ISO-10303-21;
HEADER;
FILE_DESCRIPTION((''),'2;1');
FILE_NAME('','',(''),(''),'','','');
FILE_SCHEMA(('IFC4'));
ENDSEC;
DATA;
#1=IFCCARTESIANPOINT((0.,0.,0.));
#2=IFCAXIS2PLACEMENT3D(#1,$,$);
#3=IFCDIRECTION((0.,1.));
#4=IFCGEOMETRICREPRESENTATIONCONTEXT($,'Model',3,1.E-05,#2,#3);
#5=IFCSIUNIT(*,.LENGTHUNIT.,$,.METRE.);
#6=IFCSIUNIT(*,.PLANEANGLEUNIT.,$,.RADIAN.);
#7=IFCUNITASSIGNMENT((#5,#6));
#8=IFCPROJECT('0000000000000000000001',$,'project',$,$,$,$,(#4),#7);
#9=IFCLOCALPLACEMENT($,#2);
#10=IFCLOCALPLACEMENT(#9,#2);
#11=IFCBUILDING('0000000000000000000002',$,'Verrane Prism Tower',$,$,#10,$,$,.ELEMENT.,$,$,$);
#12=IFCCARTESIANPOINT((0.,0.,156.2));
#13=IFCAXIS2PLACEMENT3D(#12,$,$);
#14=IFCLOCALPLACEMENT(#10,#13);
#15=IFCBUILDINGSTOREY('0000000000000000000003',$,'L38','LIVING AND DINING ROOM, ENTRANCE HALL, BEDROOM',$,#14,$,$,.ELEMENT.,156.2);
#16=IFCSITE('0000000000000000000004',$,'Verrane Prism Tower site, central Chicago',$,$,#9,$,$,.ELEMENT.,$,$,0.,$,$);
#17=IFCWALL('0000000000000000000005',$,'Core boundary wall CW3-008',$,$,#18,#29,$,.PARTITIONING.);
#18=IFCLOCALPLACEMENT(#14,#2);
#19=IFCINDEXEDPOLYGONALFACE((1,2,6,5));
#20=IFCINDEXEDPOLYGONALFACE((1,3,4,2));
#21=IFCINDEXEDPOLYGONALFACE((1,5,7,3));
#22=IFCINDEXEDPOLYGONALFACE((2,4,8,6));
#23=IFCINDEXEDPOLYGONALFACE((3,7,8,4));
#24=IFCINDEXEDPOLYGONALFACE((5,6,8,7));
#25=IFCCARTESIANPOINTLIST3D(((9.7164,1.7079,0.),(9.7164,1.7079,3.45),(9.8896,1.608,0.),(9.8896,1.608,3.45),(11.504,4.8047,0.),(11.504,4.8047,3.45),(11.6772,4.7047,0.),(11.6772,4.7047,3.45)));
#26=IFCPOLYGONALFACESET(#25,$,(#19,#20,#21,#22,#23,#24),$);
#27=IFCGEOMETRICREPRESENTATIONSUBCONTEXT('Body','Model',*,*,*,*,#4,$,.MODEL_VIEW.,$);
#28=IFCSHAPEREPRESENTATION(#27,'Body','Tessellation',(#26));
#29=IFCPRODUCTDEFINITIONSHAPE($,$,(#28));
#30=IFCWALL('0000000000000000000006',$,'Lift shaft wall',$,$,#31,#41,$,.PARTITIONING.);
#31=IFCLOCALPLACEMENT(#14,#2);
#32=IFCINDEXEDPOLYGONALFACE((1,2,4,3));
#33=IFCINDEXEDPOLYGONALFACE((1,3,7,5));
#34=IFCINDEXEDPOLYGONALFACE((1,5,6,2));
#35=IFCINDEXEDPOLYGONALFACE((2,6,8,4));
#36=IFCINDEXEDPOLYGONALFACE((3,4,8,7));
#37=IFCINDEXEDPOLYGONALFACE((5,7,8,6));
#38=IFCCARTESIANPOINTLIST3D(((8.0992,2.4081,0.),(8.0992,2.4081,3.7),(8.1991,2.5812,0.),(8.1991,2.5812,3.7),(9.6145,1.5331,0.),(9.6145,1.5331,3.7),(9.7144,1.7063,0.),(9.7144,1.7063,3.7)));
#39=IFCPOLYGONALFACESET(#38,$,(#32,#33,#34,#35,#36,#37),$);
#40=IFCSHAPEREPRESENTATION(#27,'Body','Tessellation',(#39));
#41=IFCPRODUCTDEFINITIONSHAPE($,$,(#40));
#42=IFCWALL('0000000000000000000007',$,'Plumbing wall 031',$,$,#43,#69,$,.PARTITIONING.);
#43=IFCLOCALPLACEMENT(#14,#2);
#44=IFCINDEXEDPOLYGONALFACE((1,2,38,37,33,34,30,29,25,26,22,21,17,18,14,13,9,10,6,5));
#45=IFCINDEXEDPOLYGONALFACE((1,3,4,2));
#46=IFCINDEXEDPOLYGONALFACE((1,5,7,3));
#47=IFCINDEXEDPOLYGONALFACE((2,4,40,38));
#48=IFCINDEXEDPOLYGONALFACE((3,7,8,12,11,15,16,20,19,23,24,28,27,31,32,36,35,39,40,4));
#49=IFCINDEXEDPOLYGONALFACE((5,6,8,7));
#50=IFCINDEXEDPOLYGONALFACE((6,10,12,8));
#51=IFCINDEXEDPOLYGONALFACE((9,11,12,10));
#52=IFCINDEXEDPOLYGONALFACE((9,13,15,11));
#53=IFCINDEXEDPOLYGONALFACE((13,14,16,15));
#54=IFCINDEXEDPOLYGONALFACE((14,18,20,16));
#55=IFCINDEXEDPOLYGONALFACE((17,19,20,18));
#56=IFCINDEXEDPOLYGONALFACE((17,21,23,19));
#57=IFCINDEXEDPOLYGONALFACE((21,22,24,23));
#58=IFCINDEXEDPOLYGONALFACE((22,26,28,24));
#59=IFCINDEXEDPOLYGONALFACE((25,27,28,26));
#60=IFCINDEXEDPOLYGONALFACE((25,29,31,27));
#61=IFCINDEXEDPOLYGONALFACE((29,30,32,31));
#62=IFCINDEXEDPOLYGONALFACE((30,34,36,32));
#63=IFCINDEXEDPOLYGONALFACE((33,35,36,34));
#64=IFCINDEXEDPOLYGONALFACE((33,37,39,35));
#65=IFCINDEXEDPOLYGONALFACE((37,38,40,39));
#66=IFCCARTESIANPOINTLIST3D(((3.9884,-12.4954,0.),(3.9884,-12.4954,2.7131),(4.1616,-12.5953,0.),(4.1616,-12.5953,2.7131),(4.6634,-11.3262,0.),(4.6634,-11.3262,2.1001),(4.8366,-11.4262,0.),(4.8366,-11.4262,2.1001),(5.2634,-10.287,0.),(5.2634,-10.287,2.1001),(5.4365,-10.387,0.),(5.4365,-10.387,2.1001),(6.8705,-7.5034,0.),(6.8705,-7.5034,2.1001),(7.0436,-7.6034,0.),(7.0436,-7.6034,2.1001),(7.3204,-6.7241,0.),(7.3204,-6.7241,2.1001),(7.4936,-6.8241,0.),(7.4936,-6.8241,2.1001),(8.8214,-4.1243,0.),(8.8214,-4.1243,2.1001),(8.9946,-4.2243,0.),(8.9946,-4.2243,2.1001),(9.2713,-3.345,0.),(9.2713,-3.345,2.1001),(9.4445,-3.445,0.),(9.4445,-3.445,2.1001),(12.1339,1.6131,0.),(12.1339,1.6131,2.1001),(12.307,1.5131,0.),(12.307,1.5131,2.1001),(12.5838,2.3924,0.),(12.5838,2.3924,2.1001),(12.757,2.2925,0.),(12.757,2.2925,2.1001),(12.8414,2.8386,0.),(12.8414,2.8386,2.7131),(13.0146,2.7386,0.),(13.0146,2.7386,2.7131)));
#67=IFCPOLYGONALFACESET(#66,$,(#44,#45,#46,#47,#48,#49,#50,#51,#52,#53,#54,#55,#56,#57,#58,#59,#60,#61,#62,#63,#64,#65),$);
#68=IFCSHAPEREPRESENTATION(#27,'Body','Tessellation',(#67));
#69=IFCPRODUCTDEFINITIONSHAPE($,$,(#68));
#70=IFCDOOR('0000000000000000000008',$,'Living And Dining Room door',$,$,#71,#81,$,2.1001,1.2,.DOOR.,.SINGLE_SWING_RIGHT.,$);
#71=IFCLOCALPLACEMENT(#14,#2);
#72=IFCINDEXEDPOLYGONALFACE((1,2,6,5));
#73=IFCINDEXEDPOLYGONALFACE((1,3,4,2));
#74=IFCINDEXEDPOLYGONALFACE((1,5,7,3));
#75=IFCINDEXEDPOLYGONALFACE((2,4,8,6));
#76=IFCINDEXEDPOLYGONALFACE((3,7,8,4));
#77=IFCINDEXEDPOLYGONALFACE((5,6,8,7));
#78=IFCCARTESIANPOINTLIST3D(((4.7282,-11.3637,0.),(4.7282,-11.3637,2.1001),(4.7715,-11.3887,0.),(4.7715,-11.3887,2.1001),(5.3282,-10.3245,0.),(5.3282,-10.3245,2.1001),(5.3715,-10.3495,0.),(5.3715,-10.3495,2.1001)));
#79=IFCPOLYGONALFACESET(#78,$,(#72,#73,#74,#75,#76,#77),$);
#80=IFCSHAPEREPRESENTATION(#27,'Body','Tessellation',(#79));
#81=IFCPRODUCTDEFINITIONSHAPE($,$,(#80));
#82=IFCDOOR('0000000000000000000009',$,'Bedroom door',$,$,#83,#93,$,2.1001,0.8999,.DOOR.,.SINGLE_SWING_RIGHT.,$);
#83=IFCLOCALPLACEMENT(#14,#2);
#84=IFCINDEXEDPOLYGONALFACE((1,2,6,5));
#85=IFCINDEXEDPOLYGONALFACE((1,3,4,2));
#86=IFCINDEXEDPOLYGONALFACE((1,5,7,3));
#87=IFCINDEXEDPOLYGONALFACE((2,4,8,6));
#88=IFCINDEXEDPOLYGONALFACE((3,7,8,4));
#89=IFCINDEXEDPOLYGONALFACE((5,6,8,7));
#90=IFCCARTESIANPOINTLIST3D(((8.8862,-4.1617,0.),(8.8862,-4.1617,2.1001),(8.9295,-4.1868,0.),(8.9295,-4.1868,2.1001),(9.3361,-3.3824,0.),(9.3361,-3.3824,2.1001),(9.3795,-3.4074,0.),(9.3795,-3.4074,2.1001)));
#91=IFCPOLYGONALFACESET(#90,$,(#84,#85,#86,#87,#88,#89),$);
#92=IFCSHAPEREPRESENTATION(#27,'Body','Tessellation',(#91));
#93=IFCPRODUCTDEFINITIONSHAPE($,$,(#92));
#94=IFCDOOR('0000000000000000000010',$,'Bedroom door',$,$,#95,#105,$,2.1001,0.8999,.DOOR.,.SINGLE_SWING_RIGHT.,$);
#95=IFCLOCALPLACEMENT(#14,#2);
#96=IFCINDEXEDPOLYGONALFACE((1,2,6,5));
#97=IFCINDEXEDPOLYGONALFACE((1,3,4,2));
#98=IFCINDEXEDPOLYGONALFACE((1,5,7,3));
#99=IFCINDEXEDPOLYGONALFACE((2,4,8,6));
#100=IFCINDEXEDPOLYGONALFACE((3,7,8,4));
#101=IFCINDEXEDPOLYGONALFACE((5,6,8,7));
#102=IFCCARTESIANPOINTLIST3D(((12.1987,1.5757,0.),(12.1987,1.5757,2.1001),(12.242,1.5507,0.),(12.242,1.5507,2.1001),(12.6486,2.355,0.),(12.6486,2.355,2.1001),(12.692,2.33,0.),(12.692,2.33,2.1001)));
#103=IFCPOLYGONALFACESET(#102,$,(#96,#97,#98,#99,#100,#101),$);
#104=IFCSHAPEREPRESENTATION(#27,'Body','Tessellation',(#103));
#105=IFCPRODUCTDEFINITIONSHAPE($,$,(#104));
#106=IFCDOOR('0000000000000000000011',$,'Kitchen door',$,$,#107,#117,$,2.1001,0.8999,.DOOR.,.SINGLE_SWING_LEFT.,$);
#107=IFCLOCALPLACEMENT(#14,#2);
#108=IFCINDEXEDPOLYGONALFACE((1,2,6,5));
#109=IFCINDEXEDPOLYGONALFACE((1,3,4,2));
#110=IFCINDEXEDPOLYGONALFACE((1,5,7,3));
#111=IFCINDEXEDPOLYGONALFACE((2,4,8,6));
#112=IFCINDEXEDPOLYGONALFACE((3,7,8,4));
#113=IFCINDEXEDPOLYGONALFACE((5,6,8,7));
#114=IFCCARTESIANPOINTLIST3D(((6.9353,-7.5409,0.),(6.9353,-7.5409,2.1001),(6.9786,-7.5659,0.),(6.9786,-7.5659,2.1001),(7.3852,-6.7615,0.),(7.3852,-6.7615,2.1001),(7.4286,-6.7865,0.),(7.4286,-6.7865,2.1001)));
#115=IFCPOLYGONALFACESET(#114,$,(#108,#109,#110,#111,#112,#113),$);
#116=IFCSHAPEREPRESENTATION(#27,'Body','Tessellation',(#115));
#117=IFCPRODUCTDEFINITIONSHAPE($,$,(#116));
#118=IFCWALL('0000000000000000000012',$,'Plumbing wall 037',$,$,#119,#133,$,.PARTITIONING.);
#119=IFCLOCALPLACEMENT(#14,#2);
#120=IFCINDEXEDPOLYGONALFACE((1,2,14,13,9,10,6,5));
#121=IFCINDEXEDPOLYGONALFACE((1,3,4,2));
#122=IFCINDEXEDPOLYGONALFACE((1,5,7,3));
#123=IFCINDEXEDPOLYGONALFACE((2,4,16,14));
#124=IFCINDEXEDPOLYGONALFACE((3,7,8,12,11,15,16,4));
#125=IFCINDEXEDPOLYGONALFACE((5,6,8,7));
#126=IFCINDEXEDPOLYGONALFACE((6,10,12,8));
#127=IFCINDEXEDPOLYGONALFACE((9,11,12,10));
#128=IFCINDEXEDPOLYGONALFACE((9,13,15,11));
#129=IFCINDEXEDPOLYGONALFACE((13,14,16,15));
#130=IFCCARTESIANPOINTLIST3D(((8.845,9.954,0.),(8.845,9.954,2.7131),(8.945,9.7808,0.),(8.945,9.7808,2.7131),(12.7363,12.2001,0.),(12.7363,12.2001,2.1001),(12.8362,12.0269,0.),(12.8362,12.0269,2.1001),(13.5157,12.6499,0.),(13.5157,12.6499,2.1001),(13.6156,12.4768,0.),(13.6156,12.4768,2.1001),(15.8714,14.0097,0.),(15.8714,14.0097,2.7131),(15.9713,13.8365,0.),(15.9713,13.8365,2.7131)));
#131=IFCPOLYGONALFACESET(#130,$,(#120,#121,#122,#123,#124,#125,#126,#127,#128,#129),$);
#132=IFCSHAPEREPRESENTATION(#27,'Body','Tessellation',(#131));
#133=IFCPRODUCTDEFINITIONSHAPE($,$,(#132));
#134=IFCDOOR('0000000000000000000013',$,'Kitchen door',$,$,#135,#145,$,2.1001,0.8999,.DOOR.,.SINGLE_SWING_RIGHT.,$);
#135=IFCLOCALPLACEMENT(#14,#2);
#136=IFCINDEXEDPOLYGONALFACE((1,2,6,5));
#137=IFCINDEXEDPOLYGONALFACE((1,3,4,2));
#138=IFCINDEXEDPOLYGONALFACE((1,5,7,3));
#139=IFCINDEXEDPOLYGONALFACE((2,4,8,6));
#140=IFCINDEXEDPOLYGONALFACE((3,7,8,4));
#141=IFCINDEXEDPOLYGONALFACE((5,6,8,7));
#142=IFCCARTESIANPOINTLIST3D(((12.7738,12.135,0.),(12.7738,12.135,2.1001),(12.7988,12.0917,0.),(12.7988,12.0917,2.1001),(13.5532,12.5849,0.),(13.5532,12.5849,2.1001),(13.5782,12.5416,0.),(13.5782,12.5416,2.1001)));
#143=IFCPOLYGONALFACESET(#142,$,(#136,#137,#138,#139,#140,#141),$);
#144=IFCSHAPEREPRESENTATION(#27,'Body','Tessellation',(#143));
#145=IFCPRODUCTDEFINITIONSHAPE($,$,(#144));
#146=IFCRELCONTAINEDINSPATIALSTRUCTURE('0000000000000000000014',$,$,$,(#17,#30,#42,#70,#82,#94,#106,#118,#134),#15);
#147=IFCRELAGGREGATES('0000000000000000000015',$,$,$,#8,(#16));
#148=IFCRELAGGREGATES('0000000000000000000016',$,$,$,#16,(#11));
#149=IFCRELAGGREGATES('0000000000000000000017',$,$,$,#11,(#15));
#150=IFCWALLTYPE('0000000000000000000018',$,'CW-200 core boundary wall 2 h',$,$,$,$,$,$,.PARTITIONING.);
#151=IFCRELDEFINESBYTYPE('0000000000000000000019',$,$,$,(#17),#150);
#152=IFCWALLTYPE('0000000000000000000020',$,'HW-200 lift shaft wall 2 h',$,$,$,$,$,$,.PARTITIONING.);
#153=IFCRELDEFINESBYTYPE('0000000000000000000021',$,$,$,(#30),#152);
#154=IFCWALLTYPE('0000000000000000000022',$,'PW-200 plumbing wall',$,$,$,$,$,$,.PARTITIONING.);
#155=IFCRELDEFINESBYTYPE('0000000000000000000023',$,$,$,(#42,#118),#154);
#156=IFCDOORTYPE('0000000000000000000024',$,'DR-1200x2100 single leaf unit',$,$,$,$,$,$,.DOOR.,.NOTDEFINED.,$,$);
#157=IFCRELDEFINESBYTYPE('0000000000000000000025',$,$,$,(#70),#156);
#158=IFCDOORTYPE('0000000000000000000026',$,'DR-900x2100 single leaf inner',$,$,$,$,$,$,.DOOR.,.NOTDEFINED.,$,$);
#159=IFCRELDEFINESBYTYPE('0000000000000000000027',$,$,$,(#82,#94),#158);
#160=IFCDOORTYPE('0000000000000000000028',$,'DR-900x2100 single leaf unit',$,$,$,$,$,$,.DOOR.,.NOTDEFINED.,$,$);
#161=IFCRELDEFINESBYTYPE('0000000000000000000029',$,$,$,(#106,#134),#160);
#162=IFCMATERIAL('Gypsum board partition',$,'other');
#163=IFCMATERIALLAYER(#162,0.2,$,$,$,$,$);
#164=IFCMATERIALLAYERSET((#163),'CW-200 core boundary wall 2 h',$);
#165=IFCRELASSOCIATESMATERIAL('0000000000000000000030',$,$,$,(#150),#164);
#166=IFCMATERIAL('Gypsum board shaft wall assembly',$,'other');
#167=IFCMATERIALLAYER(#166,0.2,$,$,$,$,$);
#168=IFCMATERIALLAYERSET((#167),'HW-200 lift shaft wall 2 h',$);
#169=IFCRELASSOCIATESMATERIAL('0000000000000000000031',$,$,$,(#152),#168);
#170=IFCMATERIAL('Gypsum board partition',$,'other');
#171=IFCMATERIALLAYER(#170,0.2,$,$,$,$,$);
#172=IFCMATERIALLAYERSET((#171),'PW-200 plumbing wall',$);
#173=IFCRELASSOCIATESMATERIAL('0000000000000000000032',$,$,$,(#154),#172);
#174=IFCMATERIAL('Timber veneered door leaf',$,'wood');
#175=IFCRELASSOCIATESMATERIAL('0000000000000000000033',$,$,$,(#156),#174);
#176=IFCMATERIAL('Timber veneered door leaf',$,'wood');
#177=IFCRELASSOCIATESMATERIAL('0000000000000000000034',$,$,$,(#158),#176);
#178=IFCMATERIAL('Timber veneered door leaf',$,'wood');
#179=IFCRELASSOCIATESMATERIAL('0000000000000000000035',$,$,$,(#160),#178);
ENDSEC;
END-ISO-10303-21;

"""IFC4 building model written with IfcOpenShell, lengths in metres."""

from ifc_helpers import new_model, si_unit, direction, frame, frame_2d, origin, place, context, subcontext, project, spatial, rectangle, extrude, material, layer, layer_set, type_object, element, fill, save


model = new_model("IFC4")

# Units and contexts
model_context = context("Model", 3, precision=1e-05, world=origin(), true_north=direction((0.0, 1.0)))
body_context = subcontext(model_context, "Body", "Model", "MODEL_VIEW")
ifc_project = project(units=[si_unit("LENGTHUNIT", "METRE"), si_unit("PLANEANGLEUNIT", "RADIAN")], contexts=[model_context])

# Site, building, storey
site_placement = place(None, origin())
site = spatial("IfcSite", under=ifc_project, at=site_placement, Name="Verrane Prism Tower site, central Chicago", CompositionType="ELEMENT", RefElevation=0.0)
building_placement = place(site_placement, origin())
building = spatial("IfcBuilding", under=site, at=building_placement, Name="Verrane Prism Tower", CompositionType="ELEMENT")
storey_placement = place(building_placement, frame((0.0, 0.0, 156.2)))
storey = spatial("IfcBuildingStorey", under=building, at=storey_placement, Name="L38", Description="LIVING AND DINING ROOM, ENTRANCE HALL, BEDROOM", CompositionType="ELEMENT", Elevation=156.2)

# Walls
ifc_material_1 = material(Name="Gypsum board partition", Category="other")
ifc_layer_1 = layer(ifc_material_1, 0.2)
ifc_layer_set_1 = layer_set([ifc_layer_1], Name="CW-200 core boundary wall 2 h")
wall_type_1 = type_object("IfcWallType", Name="CW-200 core boundary wall 2 h", PredefinedType="PARTITIONING", material=ifc_layer_set_1)
wall_1_placement = place(storey_placement, frame((9.803, 1.658, 0.0), z_axis=(0.0, 0.0, 1.0), x_axis=(0.499943, 0.866058, 0.0)))
element("IfcWall", 1, at=wall_1_placement, inside=storey, type_object=wall_type_1, Name="Core boundary wall CW3-008", PredefinedType="PARTITIONING", context=body_context, shape_type="SweptSolid", body=[
    extrude(rectangle(XDim=3.5757, YDim=0.2, at=frame_2d((1.7878, 0.0))), origin(), (0.0, 0.0, 1.0), 3.45),
])
ifc_material_2 = material(Name="Gypsum board shaft wall assembly", Category="other")
ifc_layer_2 = layer(ifc_material_2, 0.2)
ifc_layer_set_2 = layer_set([ifc_layer_2], Name="HW-200 lift shaft wall 2 h")
wall_type_2 = type_object("IfcWallType", Name="HW-200 lift shaft wall 2 h", PredefinedType="PARTITIONING", material=ifc_layer_set_2)
wall_2_placement = place(storey_placement, frame((9.6646, 1.6196, 0.0), z_axis=(0.0, 0.0, 1.0), x_axis=(-0.866002, 0.50004, 0.0)))
element("IfcWall", 2, at=wall_2_placement, inside=storey, type_object=wall_type_2, Name="Lift shaft wall", PredefinedType="PARTITIONING", context=body_context, shape_type="SweptSolid", body=[
    extrude(rectangle(XDim=1.7498, YDim=0.2, at=frame_2d((0.875, 0.0))), origin(), (0.0, 0.0, 1.0), 3.7),
])

# Wall, openings, doors
ifc_material_3 = material(Name="Gypsum board partition", Category="other")
ifc_layer_3 = layer(ifc_material_3, 0.2)
ifc_layer_set_3 = layer_set([ifc_layer_3], Name="PW-200 plumbing wall")
wall_type_3 = type_object("IfcWallType", Name="PW-200 plumbing wall", PredefinedType="PARTITIONING", material=ifc_layer_set_3)
wall_3_placement = place(storey_placement, frame((12.928, 2.7886, 0.0), z_axis=(0.0, 0.0, 1.0), x_axis=(-0.499998, -0.866027, 0.0)))
wall_3 = element("IfcWall", 3, at=wall_3_placement, inside=storey, type_object=wall_type_3, Name="Plumbing wall 031", PredefinedType="PARTITIONING", context=body_context, shape_type="SweptSolid", body=[
    extrude(rectangle(XDim=17.7061, YDim=0.2, at=frame_2d((8.853, 0.0))), origin(), (0.0, 0.0, 1.0), 2.7131),
])
opening_1_placement = place(wall_3_placement, frame((15.156, 0.0, 0.0)))
opening_1 = element("IfcOpeningElement", 4, at=opening_1_placement, cuts=wall_3, PredefinedType="OPENING", context=body_context, shape_type="SweptSolid", body=[
    extrude(rectangle(XDim=1.2, YDim=2.1001, at=frame_2d((0.6001, 1.05))), frame((0.0, 0.1099, 0.0), z_axis=(0.0, -1.0, 0.0), x_axis=(1.0, 0.0, 0.0)), (0.0, 0.0, 1.0), 0.22),
])
opening_2_placement = place(wall_3_placement, frame((11.042, 0.0, 0.0)))
opening_2 = element("IfcOpeningElement", 5, at=opening_2_placement, cuts=wall_3, PredefinedType="OPENING", context=body_context, shape_type="SweptSolid", body=[
    extrude(rectangle(XDim=0.8999, YDim=2.1001, at=frame_2d((0.45, 1.05))), frame((0.0, 0.1099, 0.0), z_axis=(0.0, -1.0, 0.0), x_axis=(1.0, 0.0, 0.0)), (0.0, 0.0, 1.0), 0.22),
])
opening_3_placement = place(wall_3_placement, frame((7.1401, 0.0, 0.0)))
opening_3 = element("IfcOpeningElement", 6, at=opening_3_placement, cuts=wall_3, PredefinedType="OPENING", context=body_context, shape_type="SweptSolid", body=[
    extrude(rectangle(XDim=0.8999, YDim=2.1001, at=frame_2d((0.45, 1.05))), frame((0.0, 0.1099, 0.0), z_axis=(0.0, -1.0, 0.0), x_axis=(1.0, 0.0, 0.0)), (0.0, 0.0, 1.0), 0.22),
])
opening_4_placement = place(wall_3_placement, frame((0.5151, 0.0, 0.0)))
opening_4 = element("IfcOpeningElement", 7, at=opening_4_placement, cuts=wall_3, PredefinedType="OPENING", context=body_context, shape_type="SweptSolid", body=[
    extrude(rectangle(XDim=0.8999, YDim=2.1001, at=frame_2d((0.45, 1.05))), frame((0.0, 0.1099, 0.0), z_axis=(0.0, -1.0, 0.0), x_axis=(1.0, 0.0, 0.0)), (0.0, 0.0, 1.0), 0.22),
])
ifc_material_4 = material(Name="Timber veneered door leaf", Category="wood")
door_type_1 = type_object("IfcDoorType", Name="DR-1200x2100 single leaf unit", OperationType="NOTDEFINED", PredefinedType="DOOR", material=ifc_material_4)
door_1_placement = place(opening_1_placement, origin())
door_1 = element("IfcDoor", 8, at=door_1_placement, inside=storey, type_object=door_type_1, Name="Living And Dining Room door", OperationType="SINGLE_SWING_RIGHT", OverallHeight=2.1001, OverallWidth=1.2, PredefinedType="DOOR", context=body_context, shape_type="SweptSolid", body=[
    extrude(rectangle(XDim=1.2, YDim=2.1001, at=frame_2d((0.6001, 1.05))), frame((0.0, 0.0249, 0.0), z_axis=(0.0, -1.0, 0.0), x_axis=(1.0, 0.0, 0.0)), (0.0, 0.0, 1.0), 0.05),
])
fill(opening_1, door_1)
ifc_material_5 = material(Name="Timber veneered door leaf", Category="wood")
door_type_2 = type_object("IfcDoorType", Name="DR-900x2100 single leaf inner", OperationType="NOTDEFINED", PredefinedType="DOOR", material=ifc_material_5)
door_2_placement = place(opening_3_placement, origin())
door_2 = element("IfcDoor", 9, at=door_2_placement, inside=storey, type_object=door_type_2, Name="Bedroom door", OperationType="SINGLE_SWING_RIGHT", OverallHeight=2.1001, OverallWidth=0.8999, PredefinedType="DOOR", context=body_context, shape_type="SweptSolid", body=[
    extrude(rectangle(XDim=0.8999, YDim=2.1001, at=frame_2d((0.45, 1.05))), frame((0.0, 0.0249, 0.0), z_axis=(0.0, -1.0, 0.0), x_axis=(1.0, 0.0, 0.0)), (0.0, 0.0, 1.0), 0.05),
])
fill(opening_3, door_2)
door_3_placement = place(opening_4_placement, origin())
door_3 = element("IfcDoor", 10, at=door_3_placement, inside=storey, type_object=door_type_2, Name="Bedroom door", OperationType="SINGLE_SWING_RIGHT", OverallHeight=2.1001, OverallWidth=0.8999, PredefinedType="DOOR", context=body_context, shape_type="SweptSolid", body=[
    extrude(rectangle(XDim=0.8999, YDim=2.1001, at=frame_2d((0.45, 1.05))), frame((0.0, 0.0249, 0.0), z_axis=(0.0, -1.0, 0.0), x_axis=(1.0, 0.0, 0.0)), (0.0, 0.0, 1.0), 0.05),
])
fill(opening_4, door_3)
ifc_material_6 = material(Name="Timber veneered door leaf", Category="wood")
door_type_3 = type_object("IfcDoorType", Name="DR-900x2100 single leaf unit", OperationType="NOTDEFINED", PredefinedType="DOOR", material=ifc_material_6)
door_4_placement = place(opening_2_placement, origin())
door_4 = element("IfcDoor", 11, at=door_4_placement, inside=storey, type_object=door_type_3, Name="Kitchen door", OperationType="SINGLE_SWING_LEFT", OverallHeight=2.1001, OverallWidth=0.8999, PredefinedType="DOOR", context=body_context, shape_type="SweptSolid", body=[
    extrude(rectangle(XDim=0.8999, YDim=2.1001, at=frame_2d((0.45, 1.05))), frame((0.0, 0.0249, 0.0), z_axis=(0.0, -1.0, 0.0), x_axis=(1.0, 0.0, 0.0)), (0.0, 0.0, 1.0), 0.05),
])
fill(opening_2, door_4)

# Wall, opening, door
wall_4_placement = place(storey_placement, frame((8.895, 9.8674, 0.0), z_axis=(0.0, 0.0, 1.0), x_axis=(0.866079, 0.499907, 0.0)))
wall_4 = element("IfcWall", 12, at=wall_4_placement, inside=storey, type_object=wall_type_3, Name="Plumbing wall 037", PredefinedType="PARTITIONING", context=body_context, shape_type="SweptSolid", body=[
    extrude(rectangle(XDim=8.1128, YDim=0.2, at=frame_2d((4.0564, 0.0))), origin(), (0.0, 0.0, 1.0), 2.7131),
])
opening_5_placement = place(wall_4_placement, frame((4.4929, 0.0, 0.0)))
opening_5 = element("IfcOpeningElement", 13, at=opening_5_placement, cuts=wall_4, PredefinedType="OPENING", context=body_context, shape_type="SweptSolid", body=[
    extrude(rectangle(XDim=0.8999, YDim=2.1001, at=frame_2d((0.45, 1.05))), frame((0.0, 0.1099, 0.0), z_axis=(0.0, -1.0, 0.0), x_axis=(1.0, 0.0, 0.0)), (0.0, 0.0, 1.0), 0.22),
])
door_5_placement = place(opening_5_placement, origin())
door_5 = element("IfcDoor", 14, at=door_5_placement, inside=storey, type_object=door_type_3, Name="Kitchen door", OperationType="SINGLE_SWING_RIGHT", OverallHeight=2.1001, OverallWidth=0.8999, PredefinedType="DOOR", context=body_context, shape_type="SweptSolid", body=[
    extrude(rectangle(XDim=0.8999, YDim=2.1001, at=frame_2d((0.45, 1.05))), frame((0.0, 0.0249, 0.0), z_axis=(0.0, -1.0, 0.0), x_axis=(1.0, 0.0, 0.0)), (0.0, 0.0, 1.0), 0.05),
])
fill(opening_5, door_5)

save(model, "model.ifc")
